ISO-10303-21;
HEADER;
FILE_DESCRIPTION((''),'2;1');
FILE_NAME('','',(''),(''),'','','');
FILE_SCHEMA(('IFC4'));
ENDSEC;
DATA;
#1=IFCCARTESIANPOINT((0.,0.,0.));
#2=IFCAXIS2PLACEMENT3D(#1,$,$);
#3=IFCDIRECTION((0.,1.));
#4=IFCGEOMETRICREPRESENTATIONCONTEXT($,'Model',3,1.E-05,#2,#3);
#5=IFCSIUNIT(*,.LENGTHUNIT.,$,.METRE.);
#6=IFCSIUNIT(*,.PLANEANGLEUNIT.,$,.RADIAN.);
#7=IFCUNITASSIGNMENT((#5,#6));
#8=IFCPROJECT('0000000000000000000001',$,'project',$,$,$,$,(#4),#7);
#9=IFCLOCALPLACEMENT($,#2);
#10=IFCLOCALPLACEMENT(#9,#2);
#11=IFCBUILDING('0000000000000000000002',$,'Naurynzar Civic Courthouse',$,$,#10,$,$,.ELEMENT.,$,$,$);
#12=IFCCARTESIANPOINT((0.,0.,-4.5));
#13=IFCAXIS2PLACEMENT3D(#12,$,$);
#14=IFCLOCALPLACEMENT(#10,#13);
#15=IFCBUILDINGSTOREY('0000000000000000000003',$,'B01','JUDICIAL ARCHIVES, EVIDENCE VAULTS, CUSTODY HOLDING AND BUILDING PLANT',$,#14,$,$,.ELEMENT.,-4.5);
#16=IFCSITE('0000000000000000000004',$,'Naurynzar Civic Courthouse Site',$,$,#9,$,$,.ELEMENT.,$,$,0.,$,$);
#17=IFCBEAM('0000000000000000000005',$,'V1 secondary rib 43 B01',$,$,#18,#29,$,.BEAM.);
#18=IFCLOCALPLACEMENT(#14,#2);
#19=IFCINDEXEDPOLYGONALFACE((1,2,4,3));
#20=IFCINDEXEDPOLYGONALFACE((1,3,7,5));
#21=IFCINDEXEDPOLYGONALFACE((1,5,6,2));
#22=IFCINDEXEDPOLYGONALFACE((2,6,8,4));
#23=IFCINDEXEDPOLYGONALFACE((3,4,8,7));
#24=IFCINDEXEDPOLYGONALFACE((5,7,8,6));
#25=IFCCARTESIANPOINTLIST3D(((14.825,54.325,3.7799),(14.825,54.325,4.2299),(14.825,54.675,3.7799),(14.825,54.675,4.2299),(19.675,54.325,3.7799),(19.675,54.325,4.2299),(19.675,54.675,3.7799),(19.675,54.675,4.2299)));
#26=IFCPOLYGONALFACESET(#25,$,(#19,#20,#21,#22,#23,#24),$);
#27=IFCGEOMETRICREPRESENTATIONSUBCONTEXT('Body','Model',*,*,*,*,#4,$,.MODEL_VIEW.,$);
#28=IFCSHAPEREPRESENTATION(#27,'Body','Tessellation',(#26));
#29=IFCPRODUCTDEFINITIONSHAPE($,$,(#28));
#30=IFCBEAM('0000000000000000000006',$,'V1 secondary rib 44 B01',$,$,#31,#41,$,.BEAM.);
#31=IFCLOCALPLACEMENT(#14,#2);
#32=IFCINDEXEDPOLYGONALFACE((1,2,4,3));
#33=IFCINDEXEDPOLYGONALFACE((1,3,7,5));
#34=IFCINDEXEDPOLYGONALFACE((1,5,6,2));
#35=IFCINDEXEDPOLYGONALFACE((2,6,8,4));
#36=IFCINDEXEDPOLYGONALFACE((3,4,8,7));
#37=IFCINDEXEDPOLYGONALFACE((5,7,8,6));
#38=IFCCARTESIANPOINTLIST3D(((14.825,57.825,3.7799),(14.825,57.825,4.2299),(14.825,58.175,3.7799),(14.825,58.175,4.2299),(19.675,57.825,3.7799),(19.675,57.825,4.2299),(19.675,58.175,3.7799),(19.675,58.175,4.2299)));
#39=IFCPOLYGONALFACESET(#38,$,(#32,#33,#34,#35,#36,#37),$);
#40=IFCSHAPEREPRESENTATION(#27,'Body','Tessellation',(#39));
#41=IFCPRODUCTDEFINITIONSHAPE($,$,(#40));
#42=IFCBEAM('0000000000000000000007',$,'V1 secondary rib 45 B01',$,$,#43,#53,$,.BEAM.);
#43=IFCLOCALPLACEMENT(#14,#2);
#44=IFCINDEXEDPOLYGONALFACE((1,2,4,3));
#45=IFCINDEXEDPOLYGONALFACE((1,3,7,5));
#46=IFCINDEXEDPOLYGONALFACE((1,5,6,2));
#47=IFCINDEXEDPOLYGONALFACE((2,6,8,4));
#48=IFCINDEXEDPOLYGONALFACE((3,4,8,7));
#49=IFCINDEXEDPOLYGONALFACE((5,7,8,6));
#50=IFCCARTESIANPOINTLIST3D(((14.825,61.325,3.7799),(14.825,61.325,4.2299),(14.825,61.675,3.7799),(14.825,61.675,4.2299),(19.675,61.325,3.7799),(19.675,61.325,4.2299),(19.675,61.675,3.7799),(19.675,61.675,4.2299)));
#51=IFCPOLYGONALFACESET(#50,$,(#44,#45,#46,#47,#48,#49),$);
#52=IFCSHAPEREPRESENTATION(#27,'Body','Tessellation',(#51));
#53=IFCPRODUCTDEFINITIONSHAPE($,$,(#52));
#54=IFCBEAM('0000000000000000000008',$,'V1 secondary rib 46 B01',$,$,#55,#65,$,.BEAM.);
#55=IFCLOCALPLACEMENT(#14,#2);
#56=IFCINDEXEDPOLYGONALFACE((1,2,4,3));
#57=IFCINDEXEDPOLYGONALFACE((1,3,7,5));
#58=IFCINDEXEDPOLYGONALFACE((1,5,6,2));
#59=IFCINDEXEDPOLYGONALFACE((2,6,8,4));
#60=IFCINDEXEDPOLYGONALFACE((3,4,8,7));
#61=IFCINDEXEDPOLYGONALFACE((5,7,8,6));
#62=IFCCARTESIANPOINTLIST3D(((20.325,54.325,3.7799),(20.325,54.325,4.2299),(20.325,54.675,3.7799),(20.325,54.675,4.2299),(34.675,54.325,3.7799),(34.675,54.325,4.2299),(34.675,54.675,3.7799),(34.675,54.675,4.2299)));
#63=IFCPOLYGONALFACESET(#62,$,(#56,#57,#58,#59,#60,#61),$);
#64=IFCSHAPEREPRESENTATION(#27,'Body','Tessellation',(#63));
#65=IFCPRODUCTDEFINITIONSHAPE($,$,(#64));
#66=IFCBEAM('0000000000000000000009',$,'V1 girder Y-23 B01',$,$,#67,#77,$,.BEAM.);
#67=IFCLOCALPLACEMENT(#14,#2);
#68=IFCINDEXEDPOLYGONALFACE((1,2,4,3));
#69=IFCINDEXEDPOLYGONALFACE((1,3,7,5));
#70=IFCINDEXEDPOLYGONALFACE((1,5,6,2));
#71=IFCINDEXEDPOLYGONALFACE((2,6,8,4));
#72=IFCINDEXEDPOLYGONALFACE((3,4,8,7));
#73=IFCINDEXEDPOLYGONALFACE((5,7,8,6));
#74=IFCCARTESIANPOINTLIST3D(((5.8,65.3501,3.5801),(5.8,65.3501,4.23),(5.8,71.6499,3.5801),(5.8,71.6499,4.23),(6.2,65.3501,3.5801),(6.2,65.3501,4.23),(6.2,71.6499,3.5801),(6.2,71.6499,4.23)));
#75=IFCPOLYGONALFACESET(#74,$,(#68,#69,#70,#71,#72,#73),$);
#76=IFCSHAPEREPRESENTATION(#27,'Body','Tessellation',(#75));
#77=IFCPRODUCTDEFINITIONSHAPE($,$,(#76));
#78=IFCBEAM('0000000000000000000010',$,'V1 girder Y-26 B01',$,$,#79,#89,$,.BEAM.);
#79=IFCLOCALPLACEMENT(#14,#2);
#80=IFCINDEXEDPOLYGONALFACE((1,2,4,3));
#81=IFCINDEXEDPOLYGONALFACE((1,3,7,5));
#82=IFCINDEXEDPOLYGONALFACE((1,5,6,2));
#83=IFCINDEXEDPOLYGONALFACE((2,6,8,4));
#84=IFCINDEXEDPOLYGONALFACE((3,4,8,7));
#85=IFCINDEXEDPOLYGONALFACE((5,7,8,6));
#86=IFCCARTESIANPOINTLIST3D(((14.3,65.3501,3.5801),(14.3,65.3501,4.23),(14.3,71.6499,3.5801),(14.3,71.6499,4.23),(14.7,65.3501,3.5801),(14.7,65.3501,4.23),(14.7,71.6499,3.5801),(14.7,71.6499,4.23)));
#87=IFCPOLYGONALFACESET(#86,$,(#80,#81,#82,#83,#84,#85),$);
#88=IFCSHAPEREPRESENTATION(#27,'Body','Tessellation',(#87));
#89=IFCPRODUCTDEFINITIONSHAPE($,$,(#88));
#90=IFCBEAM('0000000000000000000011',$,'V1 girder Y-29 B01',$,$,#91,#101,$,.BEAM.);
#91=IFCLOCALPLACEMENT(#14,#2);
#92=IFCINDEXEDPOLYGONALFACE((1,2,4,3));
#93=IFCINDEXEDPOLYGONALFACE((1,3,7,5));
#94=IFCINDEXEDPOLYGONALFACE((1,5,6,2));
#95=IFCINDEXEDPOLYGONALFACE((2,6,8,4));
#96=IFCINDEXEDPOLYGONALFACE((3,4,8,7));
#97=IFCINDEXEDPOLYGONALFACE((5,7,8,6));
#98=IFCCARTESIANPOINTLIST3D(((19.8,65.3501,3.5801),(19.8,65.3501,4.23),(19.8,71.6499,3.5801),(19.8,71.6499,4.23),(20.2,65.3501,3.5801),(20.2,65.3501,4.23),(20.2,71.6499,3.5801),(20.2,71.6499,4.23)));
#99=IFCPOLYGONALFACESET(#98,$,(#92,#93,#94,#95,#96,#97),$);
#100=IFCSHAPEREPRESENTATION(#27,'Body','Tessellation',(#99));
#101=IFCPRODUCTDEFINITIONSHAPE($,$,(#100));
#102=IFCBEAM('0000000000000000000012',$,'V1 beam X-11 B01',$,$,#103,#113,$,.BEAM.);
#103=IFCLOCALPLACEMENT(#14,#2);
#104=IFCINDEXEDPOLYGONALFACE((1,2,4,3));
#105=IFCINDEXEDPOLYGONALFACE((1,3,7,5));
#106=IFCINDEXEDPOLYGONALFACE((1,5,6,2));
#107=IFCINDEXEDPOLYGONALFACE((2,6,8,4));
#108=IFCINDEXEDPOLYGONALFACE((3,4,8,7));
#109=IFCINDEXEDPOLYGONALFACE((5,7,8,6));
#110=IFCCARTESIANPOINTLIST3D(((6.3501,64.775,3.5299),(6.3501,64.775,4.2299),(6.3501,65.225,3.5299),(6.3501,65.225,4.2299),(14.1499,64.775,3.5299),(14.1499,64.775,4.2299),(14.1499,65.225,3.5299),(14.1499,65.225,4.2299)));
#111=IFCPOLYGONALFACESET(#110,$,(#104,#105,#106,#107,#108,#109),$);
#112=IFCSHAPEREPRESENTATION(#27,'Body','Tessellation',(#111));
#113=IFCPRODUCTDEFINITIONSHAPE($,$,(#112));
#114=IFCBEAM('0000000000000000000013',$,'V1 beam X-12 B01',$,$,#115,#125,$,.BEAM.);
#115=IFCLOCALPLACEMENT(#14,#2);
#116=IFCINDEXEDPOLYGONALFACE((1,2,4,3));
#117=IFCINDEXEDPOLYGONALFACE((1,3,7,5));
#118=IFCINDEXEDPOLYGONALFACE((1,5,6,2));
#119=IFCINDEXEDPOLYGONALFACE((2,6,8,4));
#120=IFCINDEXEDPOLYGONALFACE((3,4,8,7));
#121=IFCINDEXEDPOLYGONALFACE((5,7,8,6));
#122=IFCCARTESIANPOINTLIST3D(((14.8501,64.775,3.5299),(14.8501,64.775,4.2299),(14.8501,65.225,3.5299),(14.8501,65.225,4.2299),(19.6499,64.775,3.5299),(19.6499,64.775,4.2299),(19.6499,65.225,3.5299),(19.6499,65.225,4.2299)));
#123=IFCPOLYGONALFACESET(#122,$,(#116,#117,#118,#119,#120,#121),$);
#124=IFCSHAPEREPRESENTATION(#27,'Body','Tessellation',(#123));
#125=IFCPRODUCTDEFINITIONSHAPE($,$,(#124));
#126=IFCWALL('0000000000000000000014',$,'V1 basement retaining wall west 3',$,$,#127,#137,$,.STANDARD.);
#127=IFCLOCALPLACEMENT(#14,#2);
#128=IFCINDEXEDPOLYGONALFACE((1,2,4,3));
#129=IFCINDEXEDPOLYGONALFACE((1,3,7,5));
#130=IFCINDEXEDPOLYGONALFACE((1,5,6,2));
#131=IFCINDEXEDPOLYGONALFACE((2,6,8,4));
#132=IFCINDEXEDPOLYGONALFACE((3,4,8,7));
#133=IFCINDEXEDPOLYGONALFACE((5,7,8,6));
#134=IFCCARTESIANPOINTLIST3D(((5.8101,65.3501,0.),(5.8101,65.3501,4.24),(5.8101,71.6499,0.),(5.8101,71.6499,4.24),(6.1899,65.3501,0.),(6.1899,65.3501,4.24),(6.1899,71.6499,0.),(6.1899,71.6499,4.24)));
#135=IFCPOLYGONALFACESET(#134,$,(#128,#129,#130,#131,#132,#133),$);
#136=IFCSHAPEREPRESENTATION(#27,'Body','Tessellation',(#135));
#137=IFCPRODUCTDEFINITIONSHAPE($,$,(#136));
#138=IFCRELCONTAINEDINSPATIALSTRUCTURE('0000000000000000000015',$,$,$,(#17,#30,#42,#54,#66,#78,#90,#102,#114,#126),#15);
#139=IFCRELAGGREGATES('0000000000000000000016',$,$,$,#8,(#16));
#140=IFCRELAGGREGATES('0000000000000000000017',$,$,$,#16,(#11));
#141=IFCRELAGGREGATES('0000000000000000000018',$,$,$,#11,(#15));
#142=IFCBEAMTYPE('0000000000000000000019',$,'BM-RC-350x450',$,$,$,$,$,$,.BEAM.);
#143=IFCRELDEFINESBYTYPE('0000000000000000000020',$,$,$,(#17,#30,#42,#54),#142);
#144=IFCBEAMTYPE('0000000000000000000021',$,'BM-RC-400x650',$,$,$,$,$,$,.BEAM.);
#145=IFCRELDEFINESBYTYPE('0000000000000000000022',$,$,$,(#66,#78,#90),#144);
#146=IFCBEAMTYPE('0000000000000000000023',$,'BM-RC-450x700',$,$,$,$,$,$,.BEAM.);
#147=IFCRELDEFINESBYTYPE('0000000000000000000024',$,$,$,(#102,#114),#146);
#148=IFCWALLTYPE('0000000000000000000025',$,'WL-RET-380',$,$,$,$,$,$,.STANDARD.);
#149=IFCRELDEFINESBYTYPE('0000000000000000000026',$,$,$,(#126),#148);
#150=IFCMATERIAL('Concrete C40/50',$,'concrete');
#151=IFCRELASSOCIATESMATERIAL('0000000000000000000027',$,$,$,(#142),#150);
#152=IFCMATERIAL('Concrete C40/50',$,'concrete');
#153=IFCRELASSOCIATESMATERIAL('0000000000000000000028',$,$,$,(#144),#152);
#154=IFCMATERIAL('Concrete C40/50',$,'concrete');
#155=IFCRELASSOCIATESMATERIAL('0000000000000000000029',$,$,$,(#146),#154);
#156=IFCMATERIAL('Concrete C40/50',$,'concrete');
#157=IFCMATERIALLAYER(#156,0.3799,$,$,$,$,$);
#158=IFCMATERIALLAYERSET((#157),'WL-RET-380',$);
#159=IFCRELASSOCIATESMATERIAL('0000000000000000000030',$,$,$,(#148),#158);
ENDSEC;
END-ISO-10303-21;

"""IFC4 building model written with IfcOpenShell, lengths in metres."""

from ifc_helpers import new_model, si_unit, direction, frame, frame_2d, origin, origin_2d, place, context, subcontext, project, spatial, rectangle, extrude, material, layer, layer_set, material_profile, profile_set, type_object, element, save


model = new_model("IFC4")

# Units and contexts
model_context = context("Model", 3, precision=1e-05, world=origin(), true_north=direction((0.0, 1.0)))
body_context = subcontext(model_context, "Body", "Model", "MODEL_VIEW")
ifc_project = project(units=[si_unit("LENGTHUNIT", "METRE"), si_unit("PLANEANGLEUNIT", "RADIAN")], contexts=[model_context])

# Site, building, storey
site_placement = place(None, origin())
site = spatial("IfcSite", under=ifc_project, at=site_placement, Name="Naurynzar Civic Courthouse Site", CompositionType="ELEMENT", RefElevation=0.0)
building_placement = place(site_placement, origin())
building = spatial("IfcBuilding", under=site, at=building_placement, Name="Naurynzar Civic Courthouse", CompositionType="ELEMENT")
storey_placement = place(building_placement, frame((0.0, 0.0, -4.5)))
storey = spatial("IfcBuildingStorey", under=building, at=storey_placement, Name="B01", Description="JUDICIAL ARCHIVES, EVIDENCE VAULTS, CUSTODY HOLDING AND BUILDING PLANT", CompositionType="ELEMENT", Elevation=-4.5)

# Beams
ifc_material_1 = material(Name="Concrete C40/50", Category="concrete")
ifc_material_profile_1 = material_profile(ifc_material_1, rectangle(XDim=0.3501, YDim=0.45, at=origin_2d()), Name="RCB 350x450")
ifc_profile_set_1 = profile_set([ifc_material_profile_1], Name="Concrete C40/50")
beam_type_1 = type_object("IfcBeamType", Name="BM-RC-350x450", PredefinedType="BEAM", material=ifc_profile_set_1)
for number, where, z_axis, x_axis, name in (
    (1, (14.825, 54.5, 4.0049), (1.0, 0.0, 0.0), (0.0, 1.0, 0.0), "V1 secondary rib 43 B01"),
    (2, (14.825, 58.0, 4.0049), (1.0, 0.0, 0.0), (0.0, 1.0, 0.0), "V1 secondary rib 44 B01"),
    (3, (14.825, 61.5, 4.0049), (1.0, 0.0, 0.0), (0.0, 1.0, 0.0), "V1 secondary rib 45 B01"),
):
    element("IfcBeam", number, at=place(storey_placement, frame(where, z_axis=z_axis, x_axis=x_axis)), inside=storey, type_object=beam_type_1, Name=name, PredefinedType="BEAM", context=body_context, shape_type="SweptSolid", body=[
        extrude(rectangle(XDim=0.3501, YDim=0.45, at=origin_2d()), origin(), (0.0, 0.0, 1.0), 4.8501),
    ])
beam_1_placement = place(storey_placement, frame((20.325, 54.5, 4.0049), z_axis=(1.0, 0.0, 0.0), x_axis=(0.0, 1.0, 0.0)))
element("IfcBeam", 4, at=beam_1_placement, inside=storey, type_object=beam_type_1, Name="V1 secondary rib 46 B01", PredefinedType="BEAM", context=body_context, shape_type="SweptSolid", body=[
    extrude(rectangle(XDim=0.3501, YDim=0.45, at=origin_2d()), origin(), (0.0, 0.0, 1.0), 14.3501),
])
ifc_material_2 = material(Name="Concrete C40/50", Category="concrete")
ifc_material_profile_2 = material_profile(ifc_material_2, rectangle(XDim=0.3999, YDim=0.6499, at=origin_2d()), Name="RCB 400x650")
ifc_profile_set_2 = profile_set([ifc_material_profile_2], Name="Concrete C40/50")
beam_type_2 = type_object("IfcBeamType", Name="BM-RC-400x650", PredefinedType="BEAM", material=ifc_profile_set_2)
for number, where, z_axis, x_axis, name in (
    (5, (6.0, 65.3501, 3.905), (0.0, 1.0, 0.0), (-1.0, 0.0, 0.0), "V1 girder Y-23 B01"),
    (6, (14.5, 65.3501, 3.905), (0.0, 1.0, 0.0), (-1.0, 0.0, 0.0), "V1 girder Y-26 B01"),
    (7, (20.0, 65.3501, 3.905), (0.0, 1.0, 0.0), (-1.0, 0.0, 0.0), "V1 girder Y-29 B01"),
):
    element("IfcBeam", number, at=place(storey_placement, frame(where, z_axis=z_axis, x_axis=x_axis)), inside=storey, type_object=beam_type_2, Name=name, PredefinedType="BEAM", context=body_context, shape_type="SweptSolid", body=[
        extrude(rectangle(XDim=0.3999, YDim=0.6499, at=origin_2d()), origin(), (0.0, 0.0, 1.0), 6.2998),
    ])
ifc_material_3 = material(Name="Concrete C40/50", Category="concrete")
ifc_material_profile_3 = material_profile(ifc_material_3, rectangle(XDim=0.45, YDim=0.7, at=origin_2d()), Name="RCB 450x700")
ifc_profile_set_3 = profile_set([ifc_material_profile_3], Name="Concrete C40/50")
beam_type_3 = type_object("IfcBeamType", Name="BM-RC-450x700", PredefinedType="BEAM", material=ifc_profile_set_3)
beam_2_placement = place(storey_placement, frame((6.3501, 65.0, 3.8799), z_axis=(1.0, 0.0, 0.0), x_axis=(0.0, 1.0, 0.0)))
element("IfcBeam", 8, at=beam_2_placement, inside=storey, type_object=beam_type_3, Name="V1 beam X-11 B01", PredefinedType="BEAM", context=body_context, shape_type="SweptSolid", body=[
    extrude(rectangle(XDim=0.45, YDim=0.7, at=origin_2d()), origin(), (0.0, 0.0, 1.0), 7.7998),
])
beam_3_placement = place(storey_placement, frame((14.8501, 65.0, 3.8799), z_axis=(1.0, 0.0, 0.0), x_axis=(0.0, 1.0, 0.0)))
element("IfcBeam", 9, at=beam_3_placement, inside=storey, type_object=beam_type_3, Name="V1 beam X-12 B01", PredefinedType="BEAM", context=body_context, shape_type="SweptSolid", body=[
    extrude(rectangle(XDim=0.45, YDim=0.7, at=origin_2d()), origin(), (0.0, 0.0, 1.0), 4.7998),
])

# Wall
ifc_material_4 = material(Name="Concrete C40/50", Category="concrete")
ifc_layer = layer(ifc_material_4, 0.3799)
ifc_layer_set = layer_set([ifc_layer], Name="WL-RET-380")
wall_type = type_object("IfcWallType", Name="WL-RET-380", PredefinedType="STANDARD", material=ifc_layer_set)
wall_placement = place(storey_placement, frame((6.0, 65.3501, 0.0), z_axis=(0.0, 0.0, 1.0), x_axis=(0.0, 1.0, 0.0)))
element("IfcWall", 10, at=wall_placement, inside=storey, type_object=wall_type, Name="V1 basement retaining wall west 3", PredefinedType="STANDARD", context=body_context, shape_type="SweptSolid", body=[
    extrude(rectangle(XDim=6.2998, YDim=0.3799, at=frame_2d((3.1499, 0.0))), origin(), (0.0, 0.0, 1.0), 4.24),
])

save(model, "model.ifc")
